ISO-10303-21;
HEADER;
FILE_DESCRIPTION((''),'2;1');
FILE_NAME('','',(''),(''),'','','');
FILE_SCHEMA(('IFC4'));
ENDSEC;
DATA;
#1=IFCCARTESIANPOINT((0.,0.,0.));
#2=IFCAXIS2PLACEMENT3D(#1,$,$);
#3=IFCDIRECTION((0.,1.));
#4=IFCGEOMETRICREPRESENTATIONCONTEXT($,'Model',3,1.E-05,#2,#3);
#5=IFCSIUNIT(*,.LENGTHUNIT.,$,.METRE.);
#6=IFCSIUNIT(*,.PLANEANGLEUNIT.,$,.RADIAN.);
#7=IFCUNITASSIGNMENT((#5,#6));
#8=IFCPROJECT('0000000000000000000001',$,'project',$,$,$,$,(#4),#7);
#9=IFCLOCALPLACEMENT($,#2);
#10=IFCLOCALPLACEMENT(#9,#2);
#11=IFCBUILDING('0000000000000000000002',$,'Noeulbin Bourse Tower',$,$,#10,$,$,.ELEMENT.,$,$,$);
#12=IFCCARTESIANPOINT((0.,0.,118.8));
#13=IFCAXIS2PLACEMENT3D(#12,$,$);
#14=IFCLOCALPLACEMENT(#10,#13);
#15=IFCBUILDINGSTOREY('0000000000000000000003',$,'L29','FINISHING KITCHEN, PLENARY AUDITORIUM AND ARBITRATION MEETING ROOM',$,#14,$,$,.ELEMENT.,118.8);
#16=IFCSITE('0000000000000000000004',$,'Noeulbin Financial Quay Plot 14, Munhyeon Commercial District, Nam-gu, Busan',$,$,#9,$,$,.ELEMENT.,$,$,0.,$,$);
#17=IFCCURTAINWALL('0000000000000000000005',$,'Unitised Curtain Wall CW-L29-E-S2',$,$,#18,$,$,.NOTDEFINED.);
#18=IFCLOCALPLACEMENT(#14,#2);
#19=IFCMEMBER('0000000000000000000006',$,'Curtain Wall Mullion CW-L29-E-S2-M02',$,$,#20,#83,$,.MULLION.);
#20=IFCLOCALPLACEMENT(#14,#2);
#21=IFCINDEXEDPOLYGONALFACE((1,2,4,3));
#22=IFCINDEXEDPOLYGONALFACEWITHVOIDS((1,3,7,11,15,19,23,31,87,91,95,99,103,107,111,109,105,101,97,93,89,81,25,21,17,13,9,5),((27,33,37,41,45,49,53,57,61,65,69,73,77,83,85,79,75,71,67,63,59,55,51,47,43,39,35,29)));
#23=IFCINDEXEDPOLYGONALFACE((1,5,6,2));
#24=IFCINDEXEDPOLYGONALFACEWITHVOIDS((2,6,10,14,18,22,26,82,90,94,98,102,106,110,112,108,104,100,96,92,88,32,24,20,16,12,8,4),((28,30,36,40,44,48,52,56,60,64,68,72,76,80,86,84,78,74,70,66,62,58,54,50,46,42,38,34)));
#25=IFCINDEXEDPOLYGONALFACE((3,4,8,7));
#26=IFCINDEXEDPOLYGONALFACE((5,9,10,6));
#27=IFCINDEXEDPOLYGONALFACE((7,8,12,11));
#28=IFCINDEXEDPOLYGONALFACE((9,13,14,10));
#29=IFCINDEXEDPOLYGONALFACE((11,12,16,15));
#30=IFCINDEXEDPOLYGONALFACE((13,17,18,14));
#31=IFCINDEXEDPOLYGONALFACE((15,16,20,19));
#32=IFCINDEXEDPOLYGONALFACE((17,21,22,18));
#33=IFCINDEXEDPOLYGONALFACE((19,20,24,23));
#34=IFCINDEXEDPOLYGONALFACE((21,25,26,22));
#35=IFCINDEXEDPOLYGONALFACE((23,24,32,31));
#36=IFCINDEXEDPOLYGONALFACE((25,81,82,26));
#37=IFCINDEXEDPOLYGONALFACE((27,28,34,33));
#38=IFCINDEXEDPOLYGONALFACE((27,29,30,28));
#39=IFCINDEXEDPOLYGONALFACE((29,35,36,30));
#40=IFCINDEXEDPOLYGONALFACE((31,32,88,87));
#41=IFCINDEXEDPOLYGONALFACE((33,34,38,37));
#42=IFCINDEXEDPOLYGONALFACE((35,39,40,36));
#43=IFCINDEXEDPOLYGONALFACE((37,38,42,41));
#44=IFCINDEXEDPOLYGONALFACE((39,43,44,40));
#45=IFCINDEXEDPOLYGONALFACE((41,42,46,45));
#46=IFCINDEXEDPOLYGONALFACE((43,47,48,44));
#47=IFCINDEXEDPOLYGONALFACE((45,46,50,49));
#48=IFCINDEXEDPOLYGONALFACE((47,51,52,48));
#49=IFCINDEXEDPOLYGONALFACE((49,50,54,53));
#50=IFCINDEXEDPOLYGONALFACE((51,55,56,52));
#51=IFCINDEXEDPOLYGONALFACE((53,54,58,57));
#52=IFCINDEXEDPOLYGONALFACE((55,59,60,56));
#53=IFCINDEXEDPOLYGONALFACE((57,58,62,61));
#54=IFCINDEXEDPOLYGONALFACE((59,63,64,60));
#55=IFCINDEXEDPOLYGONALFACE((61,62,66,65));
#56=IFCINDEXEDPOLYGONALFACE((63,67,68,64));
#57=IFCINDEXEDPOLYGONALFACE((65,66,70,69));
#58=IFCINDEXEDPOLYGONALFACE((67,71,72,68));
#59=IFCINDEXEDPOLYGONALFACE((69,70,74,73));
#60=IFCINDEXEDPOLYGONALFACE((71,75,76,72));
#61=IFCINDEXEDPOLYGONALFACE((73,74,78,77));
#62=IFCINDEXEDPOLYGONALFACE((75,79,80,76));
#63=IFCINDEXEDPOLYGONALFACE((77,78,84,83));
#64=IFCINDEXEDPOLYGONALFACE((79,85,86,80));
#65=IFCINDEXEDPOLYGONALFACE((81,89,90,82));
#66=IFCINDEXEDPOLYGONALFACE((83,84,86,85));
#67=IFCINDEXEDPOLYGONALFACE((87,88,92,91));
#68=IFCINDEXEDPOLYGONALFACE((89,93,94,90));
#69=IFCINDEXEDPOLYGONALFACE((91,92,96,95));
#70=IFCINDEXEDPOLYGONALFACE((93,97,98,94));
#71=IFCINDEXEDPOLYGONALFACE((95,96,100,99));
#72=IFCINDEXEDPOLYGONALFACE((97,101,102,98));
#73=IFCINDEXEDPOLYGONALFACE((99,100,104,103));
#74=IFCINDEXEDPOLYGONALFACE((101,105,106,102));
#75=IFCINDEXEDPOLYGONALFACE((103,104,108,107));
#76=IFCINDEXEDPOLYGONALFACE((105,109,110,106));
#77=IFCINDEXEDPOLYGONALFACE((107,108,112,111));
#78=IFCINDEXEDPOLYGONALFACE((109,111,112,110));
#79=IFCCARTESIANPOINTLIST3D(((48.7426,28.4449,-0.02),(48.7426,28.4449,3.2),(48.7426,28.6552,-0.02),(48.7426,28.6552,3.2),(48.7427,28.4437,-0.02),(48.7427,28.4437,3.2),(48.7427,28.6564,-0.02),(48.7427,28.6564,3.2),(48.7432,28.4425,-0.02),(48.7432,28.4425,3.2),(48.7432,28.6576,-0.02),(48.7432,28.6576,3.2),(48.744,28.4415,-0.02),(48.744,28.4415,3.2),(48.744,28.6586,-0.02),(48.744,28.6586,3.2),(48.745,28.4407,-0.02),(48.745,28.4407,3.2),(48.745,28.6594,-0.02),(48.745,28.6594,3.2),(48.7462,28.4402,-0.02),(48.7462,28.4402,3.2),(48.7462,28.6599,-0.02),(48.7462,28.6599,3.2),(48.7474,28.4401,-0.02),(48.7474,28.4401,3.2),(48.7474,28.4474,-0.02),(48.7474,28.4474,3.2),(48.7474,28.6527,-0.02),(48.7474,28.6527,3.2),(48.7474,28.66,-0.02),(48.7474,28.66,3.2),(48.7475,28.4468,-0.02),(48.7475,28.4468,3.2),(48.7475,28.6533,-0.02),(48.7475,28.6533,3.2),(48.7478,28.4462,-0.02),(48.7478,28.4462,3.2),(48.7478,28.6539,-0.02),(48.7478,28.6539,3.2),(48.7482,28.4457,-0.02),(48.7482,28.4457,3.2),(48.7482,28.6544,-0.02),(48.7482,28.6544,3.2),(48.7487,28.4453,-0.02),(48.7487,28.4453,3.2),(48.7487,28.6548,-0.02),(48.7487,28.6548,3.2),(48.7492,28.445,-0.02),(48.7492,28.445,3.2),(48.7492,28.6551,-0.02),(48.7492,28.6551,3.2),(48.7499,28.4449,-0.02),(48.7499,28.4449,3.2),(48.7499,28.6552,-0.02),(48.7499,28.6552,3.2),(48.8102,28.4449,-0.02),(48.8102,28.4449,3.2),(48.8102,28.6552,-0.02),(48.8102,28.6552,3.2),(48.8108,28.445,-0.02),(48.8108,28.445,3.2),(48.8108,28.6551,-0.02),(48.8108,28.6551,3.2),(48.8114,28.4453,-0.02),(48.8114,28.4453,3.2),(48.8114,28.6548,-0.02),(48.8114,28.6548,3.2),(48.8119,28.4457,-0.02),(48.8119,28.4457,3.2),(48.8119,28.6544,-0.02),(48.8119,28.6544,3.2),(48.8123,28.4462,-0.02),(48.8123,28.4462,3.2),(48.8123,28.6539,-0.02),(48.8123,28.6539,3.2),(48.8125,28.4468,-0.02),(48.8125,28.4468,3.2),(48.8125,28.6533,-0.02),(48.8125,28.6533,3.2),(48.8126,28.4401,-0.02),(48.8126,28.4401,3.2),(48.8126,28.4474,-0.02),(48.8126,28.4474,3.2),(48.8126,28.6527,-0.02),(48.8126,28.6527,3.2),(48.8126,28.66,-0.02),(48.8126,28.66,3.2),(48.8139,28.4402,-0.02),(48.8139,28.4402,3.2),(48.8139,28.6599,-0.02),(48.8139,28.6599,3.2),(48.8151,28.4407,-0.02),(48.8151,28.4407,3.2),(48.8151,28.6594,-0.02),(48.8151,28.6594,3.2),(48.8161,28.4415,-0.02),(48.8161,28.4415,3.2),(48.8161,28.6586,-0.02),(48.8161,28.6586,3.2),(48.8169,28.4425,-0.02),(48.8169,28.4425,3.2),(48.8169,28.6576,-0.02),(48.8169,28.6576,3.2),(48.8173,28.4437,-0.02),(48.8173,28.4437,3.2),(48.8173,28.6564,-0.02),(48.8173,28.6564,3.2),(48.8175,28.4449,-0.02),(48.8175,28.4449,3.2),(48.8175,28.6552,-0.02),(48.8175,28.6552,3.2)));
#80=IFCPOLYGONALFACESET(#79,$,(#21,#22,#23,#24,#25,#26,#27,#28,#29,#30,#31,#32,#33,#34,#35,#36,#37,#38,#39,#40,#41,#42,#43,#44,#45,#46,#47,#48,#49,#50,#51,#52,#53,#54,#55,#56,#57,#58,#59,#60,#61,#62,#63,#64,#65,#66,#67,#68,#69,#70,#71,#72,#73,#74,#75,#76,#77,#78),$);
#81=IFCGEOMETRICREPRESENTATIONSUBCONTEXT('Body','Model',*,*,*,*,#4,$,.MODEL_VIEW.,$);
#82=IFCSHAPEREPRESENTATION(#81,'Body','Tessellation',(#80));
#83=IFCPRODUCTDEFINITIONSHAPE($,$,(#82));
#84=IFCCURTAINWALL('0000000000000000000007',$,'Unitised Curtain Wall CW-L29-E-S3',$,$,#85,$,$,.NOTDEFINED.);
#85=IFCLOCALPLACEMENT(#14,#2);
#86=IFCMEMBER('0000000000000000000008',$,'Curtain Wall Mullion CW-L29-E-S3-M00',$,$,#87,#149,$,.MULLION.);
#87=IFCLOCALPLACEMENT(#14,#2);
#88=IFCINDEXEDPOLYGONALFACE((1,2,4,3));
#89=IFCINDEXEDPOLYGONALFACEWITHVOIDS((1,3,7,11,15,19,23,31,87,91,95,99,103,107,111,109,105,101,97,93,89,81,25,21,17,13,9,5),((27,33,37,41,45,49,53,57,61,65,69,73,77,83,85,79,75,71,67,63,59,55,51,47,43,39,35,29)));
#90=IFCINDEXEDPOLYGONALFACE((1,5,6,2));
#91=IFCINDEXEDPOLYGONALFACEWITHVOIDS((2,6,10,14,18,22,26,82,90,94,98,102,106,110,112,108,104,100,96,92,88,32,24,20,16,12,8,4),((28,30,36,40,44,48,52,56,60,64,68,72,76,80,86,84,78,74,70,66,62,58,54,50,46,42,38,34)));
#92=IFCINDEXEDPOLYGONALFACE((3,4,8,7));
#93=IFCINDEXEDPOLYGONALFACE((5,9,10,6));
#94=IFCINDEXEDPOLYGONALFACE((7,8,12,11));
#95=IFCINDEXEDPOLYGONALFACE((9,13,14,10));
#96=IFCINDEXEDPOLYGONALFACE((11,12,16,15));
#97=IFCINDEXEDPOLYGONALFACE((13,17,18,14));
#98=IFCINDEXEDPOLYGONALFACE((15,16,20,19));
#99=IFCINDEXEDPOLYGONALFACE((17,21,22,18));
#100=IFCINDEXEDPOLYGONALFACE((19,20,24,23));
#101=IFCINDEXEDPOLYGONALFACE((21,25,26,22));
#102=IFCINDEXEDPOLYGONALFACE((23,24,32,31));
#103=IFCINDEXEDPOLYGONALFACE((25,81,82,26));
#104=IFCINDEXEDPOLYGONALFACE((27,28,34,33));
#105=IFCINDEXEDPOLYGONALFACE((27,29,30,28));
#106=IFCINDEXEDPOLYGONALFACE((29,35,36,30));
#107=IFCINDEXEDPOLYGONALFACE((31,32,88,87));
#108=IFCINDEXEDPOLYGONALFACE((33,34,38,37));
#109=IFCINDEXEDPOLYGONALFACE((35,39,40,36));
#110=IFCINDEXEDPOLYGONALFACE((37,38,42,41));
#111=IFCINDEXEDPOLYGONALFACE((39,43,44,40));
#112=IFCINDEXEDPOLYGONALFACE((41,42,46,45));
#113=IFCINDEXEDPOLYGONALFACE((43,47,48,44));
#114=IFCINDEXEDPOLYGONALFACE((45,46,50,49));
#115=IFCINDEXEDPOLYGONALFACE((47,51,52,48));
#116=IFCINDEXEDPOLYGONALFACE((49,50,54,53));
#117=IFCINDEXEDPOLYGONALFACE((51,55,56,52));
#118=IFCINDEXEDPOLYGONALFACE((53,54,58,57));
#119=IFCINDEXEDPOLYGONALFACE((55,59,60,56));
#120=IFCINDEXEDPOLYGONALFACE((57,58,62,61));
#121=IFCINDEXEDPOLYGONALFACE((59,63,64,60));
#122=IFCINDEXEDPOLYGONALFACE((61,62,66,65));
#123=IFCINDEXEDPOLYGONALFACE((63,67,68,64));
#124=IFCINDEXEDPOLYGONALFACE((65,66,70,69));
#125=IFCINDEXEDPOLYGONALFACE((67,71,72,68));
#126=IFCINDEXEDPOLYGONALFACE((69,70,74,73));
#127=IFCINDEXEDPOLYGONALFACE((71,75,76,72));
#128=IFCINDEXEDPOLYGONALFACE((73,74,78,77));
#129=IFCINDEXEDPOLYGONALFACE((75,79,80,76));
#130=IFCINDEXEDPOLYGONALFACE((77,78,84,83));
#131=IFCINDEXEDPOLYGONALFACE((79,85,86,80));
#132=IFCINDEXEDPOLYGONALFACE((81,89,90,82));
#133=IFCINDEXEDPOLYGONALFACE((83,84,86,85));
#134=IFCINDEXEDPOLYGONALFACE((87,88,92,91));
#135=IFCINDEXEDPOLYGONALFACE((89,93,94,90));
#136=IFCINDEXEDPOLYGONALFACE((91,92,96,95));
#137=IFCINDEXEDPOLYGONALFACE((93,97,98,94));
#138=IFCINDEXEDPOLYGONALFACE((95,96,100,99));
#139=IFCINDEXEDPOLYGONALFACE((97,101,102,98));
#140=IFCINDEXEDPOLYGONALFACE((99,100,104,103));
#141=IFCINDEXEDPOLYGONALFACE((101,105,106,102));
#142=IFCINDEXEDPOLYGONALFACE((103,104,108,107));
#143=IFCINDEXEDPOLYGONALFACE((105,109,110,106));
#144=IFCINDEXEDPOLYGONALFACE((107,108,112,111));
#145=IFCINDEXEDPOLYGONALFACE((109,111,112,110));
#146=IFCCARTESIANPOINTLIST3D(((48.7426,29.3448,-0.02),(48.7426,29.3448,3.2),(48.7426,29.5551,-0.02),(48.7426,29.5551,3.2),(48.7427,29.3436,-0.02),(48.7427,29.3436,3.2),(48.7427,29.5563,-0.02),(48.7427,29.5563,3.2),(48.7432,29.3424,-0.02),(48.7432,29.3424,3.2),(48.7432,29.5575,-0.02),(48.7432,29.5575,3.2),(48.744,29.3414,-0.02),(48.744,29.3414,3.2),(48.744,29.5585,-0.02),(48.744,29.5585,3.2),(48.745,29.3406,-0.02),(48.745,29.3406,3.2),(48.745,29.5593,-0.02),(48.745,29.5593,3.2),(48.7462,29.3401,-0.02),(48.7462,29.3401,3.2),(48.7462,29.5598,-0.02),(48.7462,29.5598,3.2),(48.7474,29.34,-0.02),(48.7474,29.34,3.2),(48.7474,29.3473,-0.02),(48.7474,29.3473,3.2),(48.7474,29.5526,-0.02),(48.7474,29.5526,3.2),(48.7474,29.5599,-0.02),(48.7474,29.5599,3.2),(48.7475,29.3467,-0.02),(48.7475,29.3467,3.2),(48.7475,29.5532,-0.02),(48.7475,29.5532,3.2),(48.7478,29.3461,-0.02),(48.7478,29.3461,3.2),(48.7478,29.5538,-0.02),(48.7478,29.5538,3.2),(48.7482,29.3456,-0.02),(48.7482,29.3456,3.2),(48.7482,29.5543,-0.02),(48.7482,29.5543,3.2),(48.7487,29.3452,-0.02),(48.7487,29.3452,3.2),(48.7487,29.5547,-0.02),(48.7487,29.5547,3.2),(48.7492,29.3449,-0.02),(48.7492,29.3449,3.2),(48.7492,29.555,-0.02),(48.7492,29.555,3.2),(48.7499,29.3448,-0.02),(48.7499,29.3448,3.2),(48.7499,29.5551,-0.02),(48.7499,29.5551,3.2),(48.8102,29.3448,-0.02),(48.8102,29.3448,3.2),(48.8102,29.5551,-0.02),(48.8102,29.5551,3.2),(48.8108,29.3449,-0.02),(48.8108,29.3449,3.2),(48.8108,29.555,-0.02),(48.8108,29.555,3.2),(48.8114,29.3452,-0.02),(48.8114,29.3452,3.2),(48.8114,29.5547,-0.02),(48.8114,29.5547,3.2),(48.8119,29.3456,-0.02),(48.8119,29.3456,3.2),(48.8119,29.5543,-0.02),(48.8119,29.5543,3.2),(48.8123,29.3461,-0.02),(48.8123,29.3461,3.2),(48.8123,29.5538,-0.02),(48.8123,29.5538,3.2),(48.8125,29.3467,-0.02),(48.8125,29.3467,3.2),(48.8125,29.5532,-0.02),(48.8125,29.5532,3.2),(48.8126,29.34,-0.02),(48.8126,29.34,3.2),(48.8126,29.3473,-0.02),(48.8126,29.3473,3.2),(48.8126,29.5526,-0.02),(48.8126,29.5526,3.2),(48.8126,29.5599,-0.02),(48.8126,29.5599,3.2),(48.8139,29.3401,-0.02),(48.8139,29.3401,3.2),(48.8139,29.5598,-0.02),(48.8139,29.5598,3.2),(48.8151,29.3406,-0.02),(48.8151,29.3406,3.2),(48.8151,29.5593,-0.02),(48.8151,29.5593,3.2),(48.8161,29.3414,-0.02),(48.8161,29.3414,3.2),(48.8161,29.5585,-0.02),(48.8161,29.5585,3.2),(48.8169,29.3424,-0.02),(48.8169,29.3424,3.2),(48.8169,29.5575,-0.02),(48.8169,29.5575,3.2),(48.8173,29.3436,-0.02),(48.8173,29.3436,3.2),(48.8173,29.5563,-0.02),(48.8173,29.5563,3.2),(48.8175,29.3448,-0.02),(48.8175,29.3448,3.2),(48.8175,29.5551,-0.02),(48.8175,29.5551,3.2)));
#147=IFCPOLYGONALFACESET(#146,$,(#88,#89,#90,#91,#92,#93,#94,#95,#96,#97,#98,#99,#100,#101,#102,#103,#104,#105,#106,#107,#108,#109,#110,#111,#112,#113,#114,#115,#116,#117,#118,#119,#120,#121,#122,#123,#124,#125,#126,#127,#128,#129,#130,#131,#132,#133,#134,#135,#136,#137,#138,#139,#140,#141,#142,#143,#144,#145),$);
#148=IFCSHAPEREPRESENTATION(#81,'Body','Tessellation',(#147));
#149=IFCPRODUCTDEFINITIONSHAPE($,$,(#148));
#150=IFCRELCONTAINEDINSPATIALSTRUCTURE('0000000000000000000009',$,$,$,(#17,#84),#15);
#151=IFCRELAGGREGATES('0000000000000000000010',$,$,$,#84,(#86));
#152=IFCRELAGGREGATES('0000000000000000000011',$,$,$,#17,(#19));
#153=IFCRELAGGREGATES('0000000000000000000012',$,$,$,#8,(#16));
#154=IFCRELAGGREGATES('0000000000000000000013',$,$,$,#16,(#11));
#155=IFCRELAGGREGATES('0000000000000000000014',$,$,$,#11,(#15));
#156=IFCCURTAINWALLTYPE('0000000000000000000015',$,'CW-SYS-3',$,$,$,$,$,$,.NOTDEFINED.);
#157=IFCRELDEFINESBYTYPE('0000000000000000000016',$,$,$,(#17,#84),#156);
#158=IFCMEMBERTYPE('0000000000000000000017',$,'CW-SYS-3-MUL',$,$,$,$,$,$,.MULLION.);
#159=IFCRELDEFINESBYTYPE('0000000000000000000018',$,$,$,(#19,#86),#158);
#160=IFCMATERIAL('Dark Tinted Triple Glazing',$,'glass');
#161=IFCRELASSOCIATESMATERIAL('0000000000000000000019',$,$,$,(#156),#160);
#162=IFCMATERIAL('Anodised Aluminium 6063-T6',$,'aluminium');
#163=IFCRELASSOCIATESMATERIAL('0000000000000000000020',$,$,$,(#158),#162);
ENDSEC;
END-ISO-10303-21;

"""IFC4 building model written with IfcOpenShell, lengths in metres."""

from ifc_helpers import new_model, si_unit, direction, frame, origin, origin_2d, place, context, subcontext, project, spatial, hollow_rectangle, extrude, material, material_profile, profile_set, type_object, element, aggregate, save


model = new_model("IFC4")

# Units and contexts
model_context = context("Model", 3, precision=1e-05, world=origin(), true_north=direction((0.0, 1.0)))
body_context = subcontext(model_context, "Body", "Model", "MODEL_VIEW")
ifc_project = project(units=[si_unit("LENGTHUNIT", "METRE"), si_unit("PLANEANGLEUNIT", "RADIAN")], contexts=[model_context])

# Site, building, storey
site_placement = place(None, origin())
site = spatial("IfcSite", under=ifc_project, at=site_placement, Name="Noeulbin Financial Quay Plot 14, Munhyeon Commercial District, Nam-gu, Busan", CompositionType="ELEMENT", RefElevation=0.0)
building_placement = place(site_placement, origin())
building = spatial("IfcBuilding", under=site, at=building_placement, Name="Noeulbin Bourse Tower", CompositionType="ELEMENT")
storey_placement = place(building_placement, frame((0.0, 0.0, 118.8)))
storey = spatial("IfcBuildingStorey", under=building, at=storey_placement, Name="L29", Description="FINISHING KITCHEN, PLENARY AUDITORIUM AND ARBITRATION MEETING ROOM", CompositionType="ELEMENT", Elevation=118.8)

# Curtain wall, member
ifc_material_1 = material(Name="Dark Tinted Triple Glazing", Category="glass")
curtain_wall_type = type_object("IfcCurtainWallType", Name="CW-SYS-3", PredefinedType="NOTDEFINED", material=ifc_material_1)
curtain_wall_1_placement = place(storey_placement, origin())
curtain_wall_1 = element("IfcCurtainWall", 1, at=curtain_wall_1_placement, inside=storey, type_object=curtain_wall_type, Name="Unitised Curtain Wall CW-L29-E-S2", PredefinedType="NOTDEFINED")
ifc_material_2 = material(Name="Anodised Aluminium 6063-T6", Category="aluminium")
ifc_material_profile_1 = material_profile(ifc_material_2, hollow_rectangle(XDim=0.075, YDim=0.22, WallThickness=0.0049, InnerFilletRadius=0.0024, OuterFilletRadius=0.0049, at=origin_2d()), Name="ALU-MULL-75x220x5", Category="LoadBearing")
ifc_profile_set_1 = profile_set([ifc_material_profile_1], Name="Anodised Aluminium 6063-T6")
member_type_1 = type_object("IfcMemberType", Name="CW-SYS-3-MUL", PredefinedType="MULLION", material=ifc_profile_set_1)
member_1_placement = place(storey_placement, frame((48.78, 28.55, -0.02), z_axis=(0.0, 0.0, 1.0), x_axis=(1.0, 0.0, 0.0)))
member_1 = element("IfcMember", 2, at=member_1_placement, type_object=member_type_1, Name="Curtain Wall Mullion CW-L29-E-S2-M02", PredefinedType="MULLION", context=body_context, shape_type="SweptSolid", body=[
    extrude(hollow_rectangle(XDim=0.075, YDim=0.22, WallThickness=0.0049, InnerFilletRadius=0.0024, OuterFilletRadius=0.0049, at=origin_2d()), origin(), (0.0, 0.0, 1.0), 3.22),
])

# Curtain wall, member
curtain_wall_2_placement = place(storey_placement, origin())
curtain_wall_2 = element("IfcCurtainWall", 3, at=curtain_wall_2_placement, inside=storey, type_object=curtain_wall_type, Name="Unitised Curtain Wall CW-L29-E-S3", PredefinedType="NOTDEFINED")
member_2_placement = place(storey_placement, frame((48.78, 29.45, -0.02), z_axis=(0.0, 0.0, 1.0), x_axis=(1.0, 0.0, 0.0)))
member_2 = element("IfcMember", 4, at=member_2_placement, type_object=member_type_1, Name="Curtain Wall Mullion CW-L29-E-S3-M00", PredefinedType="MULLION", context=body_context, shape_type="SweptSolid", body=[
    extrude(hollow_rectangle(XDim=0.075, YDim=0.22, WallThickness=0.0049, InnerFilletRadius=0.0024, OuterFilletRadius=0.0049, at=origin_2d()), origin(), (0.0, 0.0, 1.0), 3.22),
])
aggregate(curtain_wall_2, [member_2])

aggregate(curtain_wall_1, [member_1])

save(model, "model.ifc")
